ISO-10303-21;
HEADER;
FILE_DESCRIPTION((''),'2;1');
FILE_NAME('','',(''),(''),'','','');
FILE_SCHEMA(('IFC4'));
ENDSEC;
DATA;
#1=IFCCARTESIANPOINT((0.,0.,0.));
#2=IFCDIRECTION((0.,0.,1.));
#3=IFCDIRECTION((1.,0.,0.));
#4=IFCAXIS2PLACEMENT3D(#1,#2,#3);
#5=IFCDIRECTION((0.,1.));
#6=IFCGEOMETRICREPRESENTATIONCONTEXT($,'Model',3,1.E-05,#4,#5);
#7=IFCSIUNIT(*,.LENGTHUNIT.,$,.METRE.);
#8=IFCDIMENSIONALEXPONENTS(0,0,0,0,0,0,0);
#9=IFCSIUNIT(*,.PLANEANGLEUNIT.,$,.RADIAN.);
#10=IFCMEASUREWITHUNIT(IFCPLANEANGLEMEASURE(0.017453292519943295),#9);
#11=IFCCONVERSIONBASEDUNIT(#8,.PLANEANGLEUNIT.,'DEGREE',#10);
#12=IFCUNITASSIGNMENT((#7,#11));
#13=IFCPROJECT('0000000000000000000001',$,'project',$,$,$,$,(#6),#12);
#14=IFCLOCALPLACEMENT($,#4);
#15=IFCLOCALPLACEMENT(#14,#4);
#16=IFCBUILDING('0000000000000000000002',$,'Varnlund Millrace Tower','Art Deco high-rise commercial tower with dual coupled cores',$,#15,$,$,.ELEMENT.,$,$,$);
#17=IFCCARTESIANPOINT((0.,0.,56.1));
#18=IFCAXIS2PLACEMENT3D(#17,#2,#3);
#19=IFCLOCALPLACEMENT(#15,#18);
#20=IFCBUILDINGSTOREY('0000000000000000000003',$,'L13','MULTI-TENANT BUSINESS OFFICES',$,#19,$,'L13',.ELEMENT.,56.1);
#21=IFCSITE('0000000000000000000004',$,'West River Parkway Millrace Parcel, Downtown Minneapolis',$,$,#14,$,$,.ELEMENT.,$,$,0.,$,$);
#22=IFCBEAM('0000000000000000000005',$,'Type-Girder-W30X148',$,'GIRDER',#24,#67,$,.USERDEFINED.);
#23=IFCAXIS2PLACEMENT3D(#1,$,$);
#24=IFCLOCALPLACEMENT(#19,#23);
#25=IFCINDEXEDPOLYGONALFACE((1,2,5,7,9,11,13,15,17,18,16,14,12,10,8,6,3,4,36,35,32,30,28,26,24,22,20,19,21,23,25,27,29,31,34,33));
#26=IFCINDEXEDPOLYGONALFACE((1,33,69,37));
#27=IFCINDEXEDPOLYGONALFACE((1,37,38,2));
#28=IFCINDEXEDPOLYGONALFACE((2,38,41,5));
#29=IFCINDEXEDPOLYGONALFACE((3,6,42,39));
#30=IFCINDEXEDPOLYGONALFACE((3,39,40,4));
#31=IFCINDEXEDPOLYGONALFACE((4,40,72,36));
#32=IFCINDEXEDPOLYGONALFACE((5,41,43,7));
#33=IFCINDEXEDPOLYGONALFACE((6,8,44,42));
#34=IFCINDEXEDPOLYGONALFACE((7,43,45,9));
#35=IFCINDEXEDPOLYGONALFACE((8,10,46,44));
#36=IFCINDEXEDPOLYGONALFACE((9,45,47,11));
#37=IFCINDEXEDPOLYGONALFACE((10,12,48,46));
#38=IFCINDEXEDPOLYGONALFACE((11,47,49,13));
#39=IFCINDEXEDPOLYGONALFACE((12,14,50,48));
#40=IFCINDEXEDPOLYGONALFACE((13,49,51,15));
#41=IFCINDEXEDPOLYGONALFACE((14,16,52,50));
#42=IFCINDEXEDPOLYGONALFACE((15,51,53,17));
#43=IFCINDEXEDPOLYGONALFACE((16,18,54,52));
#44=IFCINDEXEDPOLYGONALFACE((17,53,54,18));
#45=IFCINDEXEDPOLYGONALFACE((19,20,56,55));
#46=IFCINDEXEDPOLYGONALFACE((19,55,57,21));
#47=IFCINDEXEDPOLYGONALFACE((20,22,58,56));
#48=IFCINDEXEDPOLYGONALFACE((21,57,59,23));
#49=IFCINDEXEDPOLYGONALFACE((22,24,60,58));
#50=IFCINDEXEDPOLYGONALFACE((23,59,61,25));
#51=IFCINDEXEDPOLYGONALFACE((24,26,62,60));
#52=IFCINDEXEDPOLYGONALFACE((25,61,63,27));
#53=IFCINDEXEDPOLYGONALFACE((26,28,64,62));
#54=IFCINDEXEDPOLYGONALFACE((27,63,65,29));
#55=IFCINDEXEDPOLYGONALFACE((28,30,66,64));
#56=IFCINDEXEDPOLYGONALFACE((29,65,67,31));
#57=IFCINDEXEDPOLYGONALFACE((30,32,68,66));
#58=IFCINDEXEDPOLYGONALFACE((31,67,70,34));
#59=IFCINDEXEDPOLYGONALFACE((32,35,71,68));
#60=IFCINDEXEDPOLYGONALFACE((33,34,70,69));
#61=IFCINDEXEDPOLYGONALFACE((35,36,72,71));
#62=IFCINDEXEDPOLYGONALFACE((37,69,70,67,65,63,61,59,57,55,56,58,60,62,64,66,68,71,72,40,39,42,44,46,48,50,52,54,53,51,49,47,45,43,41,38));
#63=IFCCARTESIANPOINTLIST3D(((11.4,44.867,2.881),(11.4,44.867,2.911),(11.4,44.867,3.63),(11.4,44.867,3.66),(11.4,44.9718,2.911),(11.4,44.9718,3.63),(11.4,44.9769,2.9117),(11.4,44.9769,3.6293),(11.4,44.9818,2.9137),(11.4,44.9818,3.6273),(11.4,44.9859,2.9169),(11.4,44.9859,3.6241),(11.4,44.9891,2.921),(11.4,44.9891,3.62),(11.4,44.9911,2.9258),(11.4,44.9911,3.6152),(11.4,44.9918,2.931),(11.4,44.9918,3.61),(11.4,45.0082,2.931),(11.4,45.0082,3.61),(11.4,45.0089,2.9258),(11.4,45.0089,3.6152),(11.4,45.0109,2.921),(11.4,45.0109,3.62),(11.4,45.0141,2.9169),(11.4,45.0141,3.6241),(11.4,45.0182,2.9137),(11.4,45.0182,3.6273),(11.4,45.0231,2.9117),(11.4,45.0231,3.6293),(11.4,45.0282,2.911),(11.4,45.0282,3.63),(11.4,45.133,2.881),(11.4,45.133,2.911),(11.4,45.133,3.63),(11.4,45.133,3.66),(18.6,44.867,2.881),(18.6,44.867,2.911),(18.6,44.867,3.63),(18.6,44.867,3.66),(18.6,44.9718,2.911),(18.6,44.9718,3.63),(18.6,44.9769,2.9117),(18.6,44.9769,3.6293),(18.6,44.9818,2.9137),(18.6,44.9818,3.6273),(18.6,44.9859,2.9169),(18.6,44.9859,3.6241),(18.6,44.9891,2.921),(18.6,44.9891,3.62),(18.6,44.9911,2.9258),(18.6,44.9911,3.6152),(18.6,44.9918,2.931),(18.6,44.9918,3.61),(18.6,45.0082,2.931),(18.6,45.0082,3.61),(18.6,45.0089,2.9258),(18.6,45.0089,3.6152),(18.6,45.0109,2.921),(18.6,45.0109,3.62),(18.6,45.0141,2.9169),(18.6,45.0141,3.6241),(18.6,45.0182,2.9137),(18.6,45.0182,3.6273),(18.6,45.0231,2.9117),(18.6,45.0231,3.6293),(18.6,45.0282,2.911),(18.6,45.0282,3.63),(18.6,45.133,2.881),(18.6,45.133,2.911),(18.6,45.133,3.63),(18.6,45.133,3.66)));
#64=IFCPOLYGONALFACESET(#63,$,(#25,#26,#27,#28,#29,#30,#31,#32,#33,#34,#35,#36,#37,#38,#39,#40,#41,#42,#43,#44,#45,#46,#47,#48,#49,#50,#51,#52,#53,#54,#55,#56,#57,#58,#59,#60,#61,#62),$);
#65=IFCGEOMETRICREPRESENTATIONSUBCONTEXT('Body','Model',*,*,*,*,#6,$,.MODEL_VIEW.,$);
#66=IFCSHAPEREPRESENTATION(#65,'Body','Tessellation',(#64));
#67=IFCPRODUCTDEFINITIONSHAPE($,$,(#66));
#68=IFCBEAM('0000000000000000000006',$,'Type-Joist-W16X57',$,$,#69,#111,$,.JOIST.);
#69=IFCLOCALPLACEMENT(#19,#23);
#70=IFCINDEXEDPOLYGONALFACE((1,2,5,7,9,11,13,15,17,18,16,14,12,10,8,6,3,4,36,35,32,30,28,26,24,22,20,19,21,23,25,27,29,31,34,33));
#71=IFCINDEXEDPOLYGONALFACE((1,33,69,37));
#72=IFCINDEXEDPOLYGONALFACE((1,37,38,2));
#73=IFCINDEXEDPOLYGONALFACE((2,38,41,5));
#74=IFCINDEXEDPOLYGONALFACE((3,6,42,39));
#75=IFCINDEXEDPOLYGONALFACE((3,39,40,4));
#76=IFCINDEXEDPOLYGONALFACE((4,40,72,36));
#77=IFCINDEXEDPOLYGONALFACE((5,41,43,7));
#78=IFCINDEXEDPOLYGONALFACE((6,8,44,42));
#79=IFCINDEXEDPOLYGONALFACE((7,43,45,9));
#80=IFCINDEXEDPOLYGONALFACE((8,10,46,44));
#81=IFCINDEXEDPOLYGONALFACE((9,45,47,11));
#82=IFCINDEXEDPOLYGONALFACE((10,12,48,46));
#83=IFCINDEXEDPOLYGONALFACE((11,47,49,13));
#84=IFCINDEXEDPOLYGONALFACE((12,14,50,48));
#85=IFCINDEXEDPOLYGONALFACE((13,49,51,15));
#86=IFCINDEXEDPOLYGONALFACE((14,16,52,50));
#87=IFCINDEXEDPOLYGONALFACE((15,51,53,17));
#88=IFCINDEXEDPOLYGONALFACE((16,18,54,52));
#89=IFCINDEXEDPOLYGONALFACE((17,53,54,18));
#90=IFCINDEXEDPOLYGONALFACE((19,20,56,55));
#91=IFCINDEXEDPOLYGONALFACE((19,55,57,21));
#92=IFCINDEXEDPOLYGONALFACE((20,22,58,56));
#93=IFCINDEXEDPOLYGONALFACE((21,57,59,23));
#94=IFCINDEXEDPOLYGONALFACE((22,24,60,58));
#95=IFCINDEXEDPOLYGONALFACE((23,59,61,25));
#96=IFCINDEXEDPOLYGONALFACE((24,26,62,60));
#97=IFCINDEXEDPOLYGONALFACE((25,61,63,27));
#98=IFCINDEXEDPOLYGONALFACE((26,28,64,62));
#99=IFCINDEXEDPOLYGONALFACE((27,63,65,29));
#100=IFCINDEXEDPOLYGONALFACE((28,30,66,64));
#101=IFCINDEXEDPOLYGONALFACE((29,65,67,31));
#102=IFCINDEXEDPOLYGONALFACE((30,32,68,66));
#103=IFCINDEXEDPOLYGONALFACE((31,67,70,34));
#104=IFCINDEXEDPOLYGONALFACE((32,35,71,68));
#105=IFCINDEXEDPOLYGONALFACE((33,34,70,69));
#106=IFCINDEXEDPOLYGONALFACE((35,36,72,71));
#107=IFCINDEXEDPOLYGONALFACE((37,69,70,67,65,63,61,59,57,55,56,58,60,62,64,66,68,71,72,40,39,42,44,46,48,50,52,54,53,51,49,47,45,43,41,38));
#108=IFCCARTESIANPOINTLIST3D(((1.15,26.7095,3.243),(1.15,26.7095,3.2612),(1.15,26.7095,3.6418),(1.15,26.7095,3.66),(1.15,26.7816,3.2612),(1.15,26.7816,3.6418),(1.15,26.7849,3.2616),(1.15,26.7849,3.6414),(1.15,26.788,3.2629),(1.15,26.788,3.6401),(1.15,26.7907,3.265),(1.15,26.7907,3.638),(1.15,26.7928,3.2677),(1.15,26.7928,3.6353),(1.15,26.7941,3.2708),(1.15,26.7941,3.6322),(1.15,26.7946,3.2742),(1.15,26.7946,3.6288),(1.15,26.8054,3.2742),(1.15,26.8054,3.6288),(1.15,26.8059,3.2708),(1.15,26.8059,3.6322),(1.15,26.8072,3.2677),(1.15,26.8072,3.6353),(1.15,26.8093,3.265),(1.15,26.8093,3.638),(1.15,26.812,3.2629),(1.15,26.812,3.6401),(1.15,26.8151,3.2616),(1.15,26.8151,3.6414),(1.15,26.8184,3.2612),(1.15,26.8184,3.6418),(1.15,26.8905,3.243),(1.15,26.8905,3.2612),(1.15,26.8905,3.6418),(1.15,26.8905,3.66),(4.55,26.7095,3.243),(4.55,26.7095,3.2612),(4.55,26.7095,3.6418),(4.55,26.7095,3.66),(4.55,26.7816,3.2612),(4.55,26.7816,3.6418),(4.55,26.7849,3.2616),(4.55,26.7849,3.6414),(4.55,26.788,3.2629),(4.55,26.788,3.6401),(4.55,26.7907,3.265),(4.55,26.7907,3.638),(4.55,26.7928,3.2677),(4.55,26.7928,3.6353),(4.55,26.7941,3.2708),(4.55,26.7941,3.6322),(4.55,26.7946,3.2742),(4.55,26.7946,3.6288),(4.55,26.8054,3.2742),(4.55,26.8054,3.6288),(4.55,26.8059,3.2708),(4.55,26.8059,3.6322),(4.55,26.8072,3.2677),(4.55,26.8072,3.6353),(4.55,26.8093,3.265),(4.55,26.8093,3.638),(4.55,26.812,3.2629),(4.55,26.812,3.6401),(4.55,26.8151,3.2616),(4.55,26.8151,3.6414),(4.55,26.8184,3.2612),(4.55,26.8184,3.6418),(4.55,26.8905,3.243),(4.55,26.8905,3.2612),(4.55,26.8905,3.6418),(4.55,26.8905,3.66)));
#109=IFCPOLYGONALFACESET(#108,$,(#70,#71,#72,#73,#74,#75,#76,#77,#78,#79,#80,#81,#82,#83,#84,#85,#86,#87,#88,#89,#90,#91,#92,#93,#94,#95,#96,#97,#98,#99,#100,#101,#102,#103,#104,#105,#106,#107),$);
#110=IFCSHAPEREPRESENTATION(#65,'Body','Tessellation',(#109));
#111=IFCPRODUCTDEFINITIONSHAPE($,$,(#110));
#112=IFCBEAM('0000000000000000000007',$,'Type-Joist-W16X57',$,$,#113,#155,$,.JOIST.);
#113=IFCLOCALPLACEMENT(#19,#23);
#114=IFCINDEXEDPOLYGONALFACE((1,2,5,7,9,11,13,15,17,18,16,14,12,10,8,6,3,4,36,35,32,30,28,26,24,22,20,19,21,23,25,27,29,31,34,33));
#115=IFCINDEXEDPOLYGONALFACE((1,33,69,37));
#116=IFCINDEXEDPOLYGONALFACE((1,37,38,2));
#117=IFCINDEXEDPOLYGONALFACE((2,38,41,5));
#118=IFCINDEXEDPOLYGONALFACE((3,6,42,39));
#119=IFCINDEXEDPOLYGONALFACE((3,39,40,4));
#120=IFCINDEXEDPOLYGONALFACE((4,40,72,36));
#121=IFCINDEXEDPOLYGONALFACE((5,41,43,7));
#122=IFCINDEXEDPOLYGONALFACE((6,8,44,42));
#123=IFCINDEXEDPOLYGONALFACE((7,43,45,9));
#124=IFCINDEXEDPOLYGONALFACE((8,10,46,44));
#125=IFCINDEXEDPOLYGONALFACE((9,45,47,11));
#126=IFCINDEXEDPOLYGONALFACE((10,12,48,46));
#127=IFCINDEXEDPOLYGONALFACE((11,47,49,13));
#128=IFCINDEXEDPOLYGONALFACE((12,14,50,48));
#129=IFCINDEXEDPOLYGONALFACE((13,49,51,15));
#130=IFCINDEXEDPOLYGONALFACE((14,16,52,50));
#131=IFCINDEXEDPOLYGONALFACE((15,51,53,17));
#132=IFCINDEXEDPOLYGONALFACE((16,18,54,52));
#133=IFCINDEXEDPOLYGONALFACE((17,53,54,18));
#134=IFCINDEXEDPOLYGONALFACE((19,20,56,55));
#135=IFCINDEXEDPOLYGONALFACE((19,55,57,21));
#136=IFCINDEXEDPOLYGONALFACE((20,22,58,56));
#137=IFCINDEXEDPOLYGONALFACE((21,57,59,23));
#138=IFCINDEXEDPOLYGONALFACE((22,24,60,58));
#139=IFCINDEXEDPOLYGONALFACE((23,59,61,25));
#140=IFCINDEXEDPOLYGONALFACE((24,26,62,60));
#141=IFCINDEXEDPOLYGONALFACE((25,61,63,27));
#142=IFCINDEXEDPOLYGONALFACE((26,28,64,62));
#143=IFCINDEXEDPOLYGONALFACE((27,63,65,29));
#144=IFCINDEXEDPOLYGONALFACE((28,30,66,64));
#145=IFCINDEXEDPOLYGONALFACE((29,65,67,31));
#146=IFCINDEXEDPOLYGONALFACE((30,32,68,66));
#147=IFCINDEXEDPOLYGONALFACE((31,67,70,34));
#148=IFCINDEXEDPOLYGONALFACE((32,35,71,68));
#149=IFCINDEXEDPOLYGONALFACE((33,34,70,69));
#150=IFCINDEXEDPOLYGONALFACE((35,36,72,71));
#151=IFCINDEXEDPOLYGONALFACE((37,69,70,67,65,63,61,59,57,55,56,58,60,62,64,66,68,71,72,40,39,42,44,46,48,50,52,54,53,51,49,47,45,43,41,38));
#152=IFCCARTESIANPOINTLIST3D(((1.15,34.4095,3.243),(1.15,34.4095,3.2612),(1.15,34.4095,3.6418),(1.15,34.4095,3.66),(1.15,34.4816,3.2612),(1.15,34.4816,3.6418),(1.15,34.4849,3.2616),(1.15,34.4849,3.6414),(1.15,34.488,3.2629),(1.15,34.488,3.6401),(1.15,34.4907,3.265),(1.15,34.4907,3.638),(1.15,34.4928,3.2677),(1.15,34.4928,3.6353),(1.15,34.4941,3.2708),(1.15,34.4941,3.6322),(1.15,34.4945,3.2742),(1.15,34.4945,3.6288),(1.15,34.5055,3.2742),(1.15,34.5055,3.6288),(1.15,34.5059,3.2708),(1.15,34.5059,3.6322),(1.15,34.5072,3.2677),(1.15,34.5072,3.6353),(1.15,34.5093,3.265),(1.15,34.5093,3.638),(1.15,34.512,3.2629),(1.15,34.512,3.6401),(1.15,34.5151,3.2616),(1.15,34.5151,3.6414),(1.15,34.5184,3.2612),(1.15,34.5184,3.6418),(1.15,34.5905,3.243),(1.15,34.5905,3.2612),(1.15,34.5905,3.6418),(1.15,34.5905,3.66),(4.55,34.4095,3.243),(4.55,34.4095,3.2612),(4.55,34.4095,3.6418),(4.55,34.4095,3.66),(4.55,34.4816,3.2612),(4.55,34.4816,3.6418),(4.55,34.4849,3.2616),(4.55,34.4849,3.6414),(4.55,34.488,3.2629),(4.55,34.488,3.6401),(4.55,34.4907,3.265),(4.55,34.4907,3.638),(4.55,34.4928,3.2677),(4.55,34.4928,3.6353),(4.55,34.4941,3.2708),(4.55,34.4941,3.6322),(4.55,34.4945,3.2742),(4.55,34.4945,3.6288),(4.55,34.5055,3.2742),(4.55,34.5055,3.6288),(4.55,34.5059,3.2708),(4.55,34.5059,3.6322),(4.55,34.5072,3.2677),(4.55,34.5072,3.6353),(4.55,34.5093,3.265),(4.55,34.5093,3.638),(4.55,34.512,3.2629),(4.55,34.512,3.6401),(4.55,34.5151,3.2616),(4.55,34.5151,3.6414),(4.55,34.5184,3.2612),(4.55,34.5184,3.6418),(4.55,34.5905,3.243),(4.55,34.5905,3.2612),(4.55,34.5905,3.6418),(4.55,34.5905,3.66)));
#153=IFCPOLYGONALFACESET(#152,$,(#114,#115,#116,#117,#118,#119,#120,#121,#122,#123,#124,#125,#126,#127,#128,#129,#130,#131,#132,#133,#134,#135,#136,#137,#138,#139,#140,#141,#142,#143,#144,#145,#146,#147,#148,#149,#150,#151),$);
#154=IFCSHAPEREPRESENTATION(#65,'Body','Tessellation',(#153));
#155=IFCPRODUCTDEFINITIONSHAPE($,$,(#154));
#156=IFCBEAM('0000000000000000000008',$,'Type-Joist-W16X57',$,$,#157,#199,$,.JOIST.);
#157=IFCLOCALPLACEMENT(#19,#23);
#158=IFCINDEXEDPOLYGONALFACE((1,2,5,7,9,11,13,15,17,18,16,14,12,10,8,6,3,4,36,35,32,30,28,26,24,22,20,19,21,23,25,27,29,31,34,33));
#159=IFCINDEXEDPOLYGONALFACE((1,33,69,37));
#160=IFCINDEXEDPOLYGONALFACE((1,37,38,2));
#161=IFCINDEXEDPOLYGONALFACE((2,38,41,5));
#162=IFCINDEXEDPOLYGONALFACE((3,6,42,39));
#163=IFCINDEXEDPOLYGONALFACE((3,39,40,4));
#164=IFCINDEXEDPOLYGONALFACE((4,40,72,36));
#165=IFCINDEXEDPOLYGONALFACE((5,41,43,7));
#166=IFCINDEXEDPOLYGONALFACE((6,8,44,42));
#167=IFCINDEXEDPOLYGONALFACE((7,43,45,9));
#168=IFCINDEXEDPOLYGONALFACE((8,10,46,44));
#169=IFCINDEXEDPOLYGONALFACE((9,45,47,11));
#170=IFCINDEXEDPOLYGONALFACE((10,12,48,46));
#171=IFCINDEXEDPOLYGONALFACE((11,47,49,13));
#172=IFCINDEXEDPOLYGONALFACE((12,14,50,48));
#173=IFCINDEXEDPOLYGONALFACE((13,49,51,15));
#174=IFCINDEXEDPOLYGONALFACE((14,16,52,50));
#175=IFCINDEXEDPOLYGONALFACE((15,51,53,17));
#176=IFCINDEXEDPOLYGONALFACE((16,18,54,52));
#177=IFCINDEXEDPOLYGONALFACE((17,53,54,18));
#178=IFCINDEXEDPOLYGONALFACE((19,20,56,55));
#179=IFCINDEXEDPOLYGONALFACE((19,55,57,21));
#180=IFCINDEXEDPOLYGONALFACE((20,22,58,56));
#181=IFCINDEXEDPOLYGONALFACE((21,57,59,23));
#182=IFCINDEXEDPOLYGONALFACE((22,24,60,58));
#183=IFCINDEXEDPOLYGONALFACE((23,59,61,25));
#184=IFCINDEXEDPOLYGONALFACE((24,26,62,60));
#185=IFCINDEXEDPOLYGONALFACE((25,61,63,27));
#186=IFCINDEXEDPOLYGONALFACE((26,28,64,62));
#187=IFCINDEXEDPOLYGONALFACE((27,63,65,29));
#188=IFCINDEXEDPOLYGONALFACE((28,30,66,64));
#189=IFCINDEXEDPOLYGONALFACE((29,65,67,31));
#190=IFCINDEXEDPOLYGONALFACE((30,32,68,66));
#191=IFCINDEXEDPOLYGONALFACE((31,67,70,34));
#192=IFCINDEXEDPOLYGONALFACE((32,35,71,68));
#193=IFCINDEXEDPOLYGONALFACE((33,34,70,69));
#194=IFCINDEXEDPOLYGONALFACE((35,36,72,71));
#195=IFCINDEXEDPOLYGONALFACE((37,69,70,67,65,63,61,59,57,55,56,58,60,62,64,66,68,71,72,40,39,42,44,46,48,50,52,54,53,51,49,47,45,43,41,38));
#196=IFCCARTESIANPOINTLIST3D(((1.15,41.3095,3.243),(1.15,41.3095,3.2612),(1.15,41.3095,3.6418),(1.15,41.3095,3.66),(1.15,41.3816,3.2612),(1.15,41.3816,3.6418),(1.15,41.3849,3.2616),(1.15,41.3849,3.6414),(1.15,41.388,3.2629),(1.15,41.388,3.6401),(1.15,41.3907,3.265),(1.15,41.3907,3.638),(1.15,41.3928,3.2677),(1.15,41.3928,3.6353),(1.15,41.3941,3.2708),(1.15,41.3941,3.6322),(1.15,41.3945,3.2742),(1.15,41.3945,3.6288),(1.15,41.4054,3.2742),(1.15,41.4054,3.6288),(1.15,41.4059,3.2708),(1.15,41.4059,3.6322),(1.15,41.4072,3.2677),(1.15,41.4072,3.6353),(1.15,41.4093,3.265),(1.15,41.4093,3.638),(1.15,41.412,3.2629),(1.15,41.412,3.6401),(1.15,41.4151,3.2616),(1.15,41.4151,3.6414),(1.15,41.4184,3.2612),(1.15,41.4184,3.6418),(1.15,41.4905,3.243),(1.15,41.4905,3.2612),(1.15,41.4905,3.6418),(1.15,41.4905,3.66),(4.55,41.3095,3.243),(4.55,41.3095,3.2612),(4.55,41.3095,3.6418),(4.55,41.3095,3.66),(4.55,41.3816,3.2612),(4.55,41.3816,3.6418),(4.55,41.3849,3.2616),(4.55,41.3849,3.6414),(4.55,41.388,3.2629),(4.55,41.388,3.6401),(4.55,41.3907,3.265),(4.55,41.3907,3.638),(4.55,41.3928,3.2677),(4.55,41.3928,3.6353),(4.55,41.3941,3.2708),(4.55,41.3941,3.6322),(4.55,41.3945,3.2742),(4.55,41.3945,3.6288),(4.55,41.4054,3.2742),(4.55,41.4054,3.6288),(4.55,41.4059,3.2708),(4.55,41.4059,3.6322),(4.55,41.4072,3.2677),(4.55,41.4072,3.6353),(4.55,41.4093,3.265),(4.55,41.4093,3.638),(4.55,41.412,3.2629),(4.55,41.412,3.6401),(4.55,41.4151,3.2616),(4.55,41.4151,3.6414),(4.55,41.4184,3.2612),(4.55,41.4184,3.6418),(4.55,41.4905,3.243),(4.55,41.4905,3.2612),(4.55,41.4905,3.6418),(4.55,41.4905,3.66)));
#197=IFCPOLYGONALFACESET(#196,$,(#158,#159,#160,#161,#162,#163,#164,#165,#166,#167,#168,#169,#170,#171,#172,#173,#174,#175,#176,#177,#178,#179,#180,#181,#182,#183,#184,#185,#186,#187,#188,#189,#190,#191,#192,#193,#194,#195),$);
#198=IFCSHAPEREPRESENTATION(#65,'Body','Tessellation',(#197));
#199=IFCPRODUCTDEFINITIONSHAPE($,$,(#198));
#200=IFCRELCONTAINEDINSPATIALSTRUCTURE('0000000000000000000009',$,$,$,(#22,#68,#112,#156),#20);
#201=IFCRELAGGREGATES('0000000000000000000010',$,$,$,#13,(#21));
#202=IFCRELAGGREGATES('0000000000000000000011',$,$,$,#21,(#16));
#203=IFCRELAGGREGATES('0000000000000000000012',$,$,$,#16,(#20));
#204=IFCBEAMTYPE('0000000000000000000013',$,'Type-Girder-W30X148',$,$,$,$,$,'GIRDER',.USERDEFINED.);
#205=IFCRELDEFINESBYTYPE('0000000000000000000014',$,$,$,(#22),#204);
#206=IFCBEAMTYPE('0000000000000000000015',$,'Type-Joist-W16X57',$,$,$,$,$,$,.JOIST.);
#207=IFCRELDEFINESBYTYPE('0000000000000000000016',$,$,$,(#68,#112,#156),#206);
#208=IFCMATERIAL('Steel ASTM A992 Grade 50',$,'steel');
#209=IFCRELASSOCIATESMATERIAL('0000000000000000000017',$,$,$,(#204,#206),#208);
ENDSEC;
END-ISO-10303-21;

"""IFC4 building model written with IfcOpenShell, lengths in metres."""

from ifc_helpers import new_model, entity, si_unit, converted_unit, direction, frame, origin_with_axes, origin_2d_with_axis, place, context, subcontext, project, spatial, i_section, extrude, material, material_profile, profile_set, type_object, element, save


model = new_model("IFC4")

# Units and contexts
model_context = context("Model", 3, precision=1e-05, world=origin_with_axes(), true_north=direction((0.0, 1.0)))
body_context = subcontext(model_context, "Body", "Model", "MODEL_VIEW")
ifc_project = project(units=[si_unit("LENGTHUNIT", "METRE"), converted_unit("PLANEANGLEUNIT", "DEGREE", entity("IfcPlaneAngleMeasure", 0.017453292519943295), si_unit("PLANEANGLEUNIT", "RADIAN"), dimensions=[0, 0, 0, 0, 0, 0, 0])], contexts=[model_context])

# Site, building, storey
site_placement = place(None, origin_with_axes())
site = spatial("IfcSite", under=ifc_project, at=site_placement, Name="West River Parkway Millrace Parcel, Downtown Minneapolis", CompositionType="ELEMENT", RefElevation=0.0)
building_placement = place(site_placement, origin_with_axes())
building = spatial("IfcBuilding", under=site, at=building_placement, Name="Varnlund Millrace Tower", Description="Art Deco high-rise commercial tower with dual coupled cores", CompositionType="ELEMENT")
storey_placement = place(building_placement, frame((0.0, 0.0, 56.1), z_axis=(0.0, 0.0, 1.0), x_axis=(1.0, 0.0, 0.0)))
storey = spatial("IfcBuildingStorey", under=building, at=storey_placement, Name="L13", Description="MULTI-TENANT BUSINESS OFFICES", LongName="L13", CompositionType="ELEMENT", Elevation=56.1)

# Beams
ifc_material_1 = material(Name="Steel ASTM A992 Grade 50", Category="steel")
ifc_material_profile_1 = material_profile(ifc_material_1, i_section(OverallWidth=0.266, OverallDepth=0.779, WebThickness=0.0165, FlangeThickness=0.03, FilletRadius=0.02, at=origin_2d_with_axis()), Name="Steel ASTM A992 Grade 50")
ifc_profile_set_1 = profile_set([ifc_material_profile_1], Name="Steel ASTM A992 Grade 50")
beam_type_1 = type_object("IfcBeamType", Name="Type-Girder-W30X148", ElementType="GIRDER", PredefinedType="USERDEFINED", material=ifc_profile_set_1)
beam_1_placement = place(storey_placement, frame((11.4, 45.0, 3.2705), z_axis=(1.0, 0.0, 0.0), x_axis=(0.0, 1.0, 0.0)))
element("IfcBeam", 1, at=beam_1_placement, inside=storey, type_object=beam_type_1, Name="Type-Girder-W30X148", ObjectType="GIRDER", PredefinedType="USERDEFINED", context=body_context, shape_type="SweptSolid", body=[
    extrude(i_section(OverallWidth=0.266, OverallDepth=0.779, WebThickness=0.0165, FlangeThickness=0.03, FilletRadius=0.02, at=origin_2d_with_axis()), origin_with_axes(), (0.0, 0.0, 1.0), 7.2),
])
ifc_material_profile_2 = material_profile(ifc_material_1, i_section(OverallWidth=0.181, OverallDepth=0.417, WebThickness=0.0109, FlangeThickness=0.0182, FilletRadius=0.013, at=origin_2d_with_axis()), Name="Steel ASTM A992 Grade 50")
ifc_profile_set_2 = profile_set([ifc_material_profile_2], Name="Steel ASTM A992 Grade 50")
beam_type_2 = type_object("IfcBeamType", Name="Type-Joist-W16X57", PredefinedType="JOIST", material=ifc_profile_set_2)
for number, where, z_axis, x_axis, name in (
    (2, (1.15, 26.8, 3.4515), (1.0, 0.0, 0.0), (0.0, 1.0, 0.0), "Type-Joist-W16X57"),
    (3, (1.15, 34.5, 3.4515), (1.0, 0.0, 0.0), (0.0, 1.0, 0.0), "Type-Joist-W16X57"),
    (4, (1.15, 41.4, 3.4515), (1.0, 0.0, 0.0), (0.0, 1.0, 0.0), "Type-Joist-W16X57"),
):
    element("IfcBeam", number, at=place(storey_placement, frame(where, z_axis=z_axis, x_axis=x_axis)), inside=storey, type_object=beam_type_2, Name=name, PredefinedType="JOIST", context=body_context, shape_type="SweptSolid", body=[
        extrude(i_section(OverallWidth=0.181, OverallDepth=0.417, WebThickness=0.0109, FlangeThickness=0.0182, FilletRadius=0.013, at=origin_2d_with_axis()), origin_with_axes(), (0.0, 0.0, 1.0), 3.4),
    ])

save(model, "model.ifc")
